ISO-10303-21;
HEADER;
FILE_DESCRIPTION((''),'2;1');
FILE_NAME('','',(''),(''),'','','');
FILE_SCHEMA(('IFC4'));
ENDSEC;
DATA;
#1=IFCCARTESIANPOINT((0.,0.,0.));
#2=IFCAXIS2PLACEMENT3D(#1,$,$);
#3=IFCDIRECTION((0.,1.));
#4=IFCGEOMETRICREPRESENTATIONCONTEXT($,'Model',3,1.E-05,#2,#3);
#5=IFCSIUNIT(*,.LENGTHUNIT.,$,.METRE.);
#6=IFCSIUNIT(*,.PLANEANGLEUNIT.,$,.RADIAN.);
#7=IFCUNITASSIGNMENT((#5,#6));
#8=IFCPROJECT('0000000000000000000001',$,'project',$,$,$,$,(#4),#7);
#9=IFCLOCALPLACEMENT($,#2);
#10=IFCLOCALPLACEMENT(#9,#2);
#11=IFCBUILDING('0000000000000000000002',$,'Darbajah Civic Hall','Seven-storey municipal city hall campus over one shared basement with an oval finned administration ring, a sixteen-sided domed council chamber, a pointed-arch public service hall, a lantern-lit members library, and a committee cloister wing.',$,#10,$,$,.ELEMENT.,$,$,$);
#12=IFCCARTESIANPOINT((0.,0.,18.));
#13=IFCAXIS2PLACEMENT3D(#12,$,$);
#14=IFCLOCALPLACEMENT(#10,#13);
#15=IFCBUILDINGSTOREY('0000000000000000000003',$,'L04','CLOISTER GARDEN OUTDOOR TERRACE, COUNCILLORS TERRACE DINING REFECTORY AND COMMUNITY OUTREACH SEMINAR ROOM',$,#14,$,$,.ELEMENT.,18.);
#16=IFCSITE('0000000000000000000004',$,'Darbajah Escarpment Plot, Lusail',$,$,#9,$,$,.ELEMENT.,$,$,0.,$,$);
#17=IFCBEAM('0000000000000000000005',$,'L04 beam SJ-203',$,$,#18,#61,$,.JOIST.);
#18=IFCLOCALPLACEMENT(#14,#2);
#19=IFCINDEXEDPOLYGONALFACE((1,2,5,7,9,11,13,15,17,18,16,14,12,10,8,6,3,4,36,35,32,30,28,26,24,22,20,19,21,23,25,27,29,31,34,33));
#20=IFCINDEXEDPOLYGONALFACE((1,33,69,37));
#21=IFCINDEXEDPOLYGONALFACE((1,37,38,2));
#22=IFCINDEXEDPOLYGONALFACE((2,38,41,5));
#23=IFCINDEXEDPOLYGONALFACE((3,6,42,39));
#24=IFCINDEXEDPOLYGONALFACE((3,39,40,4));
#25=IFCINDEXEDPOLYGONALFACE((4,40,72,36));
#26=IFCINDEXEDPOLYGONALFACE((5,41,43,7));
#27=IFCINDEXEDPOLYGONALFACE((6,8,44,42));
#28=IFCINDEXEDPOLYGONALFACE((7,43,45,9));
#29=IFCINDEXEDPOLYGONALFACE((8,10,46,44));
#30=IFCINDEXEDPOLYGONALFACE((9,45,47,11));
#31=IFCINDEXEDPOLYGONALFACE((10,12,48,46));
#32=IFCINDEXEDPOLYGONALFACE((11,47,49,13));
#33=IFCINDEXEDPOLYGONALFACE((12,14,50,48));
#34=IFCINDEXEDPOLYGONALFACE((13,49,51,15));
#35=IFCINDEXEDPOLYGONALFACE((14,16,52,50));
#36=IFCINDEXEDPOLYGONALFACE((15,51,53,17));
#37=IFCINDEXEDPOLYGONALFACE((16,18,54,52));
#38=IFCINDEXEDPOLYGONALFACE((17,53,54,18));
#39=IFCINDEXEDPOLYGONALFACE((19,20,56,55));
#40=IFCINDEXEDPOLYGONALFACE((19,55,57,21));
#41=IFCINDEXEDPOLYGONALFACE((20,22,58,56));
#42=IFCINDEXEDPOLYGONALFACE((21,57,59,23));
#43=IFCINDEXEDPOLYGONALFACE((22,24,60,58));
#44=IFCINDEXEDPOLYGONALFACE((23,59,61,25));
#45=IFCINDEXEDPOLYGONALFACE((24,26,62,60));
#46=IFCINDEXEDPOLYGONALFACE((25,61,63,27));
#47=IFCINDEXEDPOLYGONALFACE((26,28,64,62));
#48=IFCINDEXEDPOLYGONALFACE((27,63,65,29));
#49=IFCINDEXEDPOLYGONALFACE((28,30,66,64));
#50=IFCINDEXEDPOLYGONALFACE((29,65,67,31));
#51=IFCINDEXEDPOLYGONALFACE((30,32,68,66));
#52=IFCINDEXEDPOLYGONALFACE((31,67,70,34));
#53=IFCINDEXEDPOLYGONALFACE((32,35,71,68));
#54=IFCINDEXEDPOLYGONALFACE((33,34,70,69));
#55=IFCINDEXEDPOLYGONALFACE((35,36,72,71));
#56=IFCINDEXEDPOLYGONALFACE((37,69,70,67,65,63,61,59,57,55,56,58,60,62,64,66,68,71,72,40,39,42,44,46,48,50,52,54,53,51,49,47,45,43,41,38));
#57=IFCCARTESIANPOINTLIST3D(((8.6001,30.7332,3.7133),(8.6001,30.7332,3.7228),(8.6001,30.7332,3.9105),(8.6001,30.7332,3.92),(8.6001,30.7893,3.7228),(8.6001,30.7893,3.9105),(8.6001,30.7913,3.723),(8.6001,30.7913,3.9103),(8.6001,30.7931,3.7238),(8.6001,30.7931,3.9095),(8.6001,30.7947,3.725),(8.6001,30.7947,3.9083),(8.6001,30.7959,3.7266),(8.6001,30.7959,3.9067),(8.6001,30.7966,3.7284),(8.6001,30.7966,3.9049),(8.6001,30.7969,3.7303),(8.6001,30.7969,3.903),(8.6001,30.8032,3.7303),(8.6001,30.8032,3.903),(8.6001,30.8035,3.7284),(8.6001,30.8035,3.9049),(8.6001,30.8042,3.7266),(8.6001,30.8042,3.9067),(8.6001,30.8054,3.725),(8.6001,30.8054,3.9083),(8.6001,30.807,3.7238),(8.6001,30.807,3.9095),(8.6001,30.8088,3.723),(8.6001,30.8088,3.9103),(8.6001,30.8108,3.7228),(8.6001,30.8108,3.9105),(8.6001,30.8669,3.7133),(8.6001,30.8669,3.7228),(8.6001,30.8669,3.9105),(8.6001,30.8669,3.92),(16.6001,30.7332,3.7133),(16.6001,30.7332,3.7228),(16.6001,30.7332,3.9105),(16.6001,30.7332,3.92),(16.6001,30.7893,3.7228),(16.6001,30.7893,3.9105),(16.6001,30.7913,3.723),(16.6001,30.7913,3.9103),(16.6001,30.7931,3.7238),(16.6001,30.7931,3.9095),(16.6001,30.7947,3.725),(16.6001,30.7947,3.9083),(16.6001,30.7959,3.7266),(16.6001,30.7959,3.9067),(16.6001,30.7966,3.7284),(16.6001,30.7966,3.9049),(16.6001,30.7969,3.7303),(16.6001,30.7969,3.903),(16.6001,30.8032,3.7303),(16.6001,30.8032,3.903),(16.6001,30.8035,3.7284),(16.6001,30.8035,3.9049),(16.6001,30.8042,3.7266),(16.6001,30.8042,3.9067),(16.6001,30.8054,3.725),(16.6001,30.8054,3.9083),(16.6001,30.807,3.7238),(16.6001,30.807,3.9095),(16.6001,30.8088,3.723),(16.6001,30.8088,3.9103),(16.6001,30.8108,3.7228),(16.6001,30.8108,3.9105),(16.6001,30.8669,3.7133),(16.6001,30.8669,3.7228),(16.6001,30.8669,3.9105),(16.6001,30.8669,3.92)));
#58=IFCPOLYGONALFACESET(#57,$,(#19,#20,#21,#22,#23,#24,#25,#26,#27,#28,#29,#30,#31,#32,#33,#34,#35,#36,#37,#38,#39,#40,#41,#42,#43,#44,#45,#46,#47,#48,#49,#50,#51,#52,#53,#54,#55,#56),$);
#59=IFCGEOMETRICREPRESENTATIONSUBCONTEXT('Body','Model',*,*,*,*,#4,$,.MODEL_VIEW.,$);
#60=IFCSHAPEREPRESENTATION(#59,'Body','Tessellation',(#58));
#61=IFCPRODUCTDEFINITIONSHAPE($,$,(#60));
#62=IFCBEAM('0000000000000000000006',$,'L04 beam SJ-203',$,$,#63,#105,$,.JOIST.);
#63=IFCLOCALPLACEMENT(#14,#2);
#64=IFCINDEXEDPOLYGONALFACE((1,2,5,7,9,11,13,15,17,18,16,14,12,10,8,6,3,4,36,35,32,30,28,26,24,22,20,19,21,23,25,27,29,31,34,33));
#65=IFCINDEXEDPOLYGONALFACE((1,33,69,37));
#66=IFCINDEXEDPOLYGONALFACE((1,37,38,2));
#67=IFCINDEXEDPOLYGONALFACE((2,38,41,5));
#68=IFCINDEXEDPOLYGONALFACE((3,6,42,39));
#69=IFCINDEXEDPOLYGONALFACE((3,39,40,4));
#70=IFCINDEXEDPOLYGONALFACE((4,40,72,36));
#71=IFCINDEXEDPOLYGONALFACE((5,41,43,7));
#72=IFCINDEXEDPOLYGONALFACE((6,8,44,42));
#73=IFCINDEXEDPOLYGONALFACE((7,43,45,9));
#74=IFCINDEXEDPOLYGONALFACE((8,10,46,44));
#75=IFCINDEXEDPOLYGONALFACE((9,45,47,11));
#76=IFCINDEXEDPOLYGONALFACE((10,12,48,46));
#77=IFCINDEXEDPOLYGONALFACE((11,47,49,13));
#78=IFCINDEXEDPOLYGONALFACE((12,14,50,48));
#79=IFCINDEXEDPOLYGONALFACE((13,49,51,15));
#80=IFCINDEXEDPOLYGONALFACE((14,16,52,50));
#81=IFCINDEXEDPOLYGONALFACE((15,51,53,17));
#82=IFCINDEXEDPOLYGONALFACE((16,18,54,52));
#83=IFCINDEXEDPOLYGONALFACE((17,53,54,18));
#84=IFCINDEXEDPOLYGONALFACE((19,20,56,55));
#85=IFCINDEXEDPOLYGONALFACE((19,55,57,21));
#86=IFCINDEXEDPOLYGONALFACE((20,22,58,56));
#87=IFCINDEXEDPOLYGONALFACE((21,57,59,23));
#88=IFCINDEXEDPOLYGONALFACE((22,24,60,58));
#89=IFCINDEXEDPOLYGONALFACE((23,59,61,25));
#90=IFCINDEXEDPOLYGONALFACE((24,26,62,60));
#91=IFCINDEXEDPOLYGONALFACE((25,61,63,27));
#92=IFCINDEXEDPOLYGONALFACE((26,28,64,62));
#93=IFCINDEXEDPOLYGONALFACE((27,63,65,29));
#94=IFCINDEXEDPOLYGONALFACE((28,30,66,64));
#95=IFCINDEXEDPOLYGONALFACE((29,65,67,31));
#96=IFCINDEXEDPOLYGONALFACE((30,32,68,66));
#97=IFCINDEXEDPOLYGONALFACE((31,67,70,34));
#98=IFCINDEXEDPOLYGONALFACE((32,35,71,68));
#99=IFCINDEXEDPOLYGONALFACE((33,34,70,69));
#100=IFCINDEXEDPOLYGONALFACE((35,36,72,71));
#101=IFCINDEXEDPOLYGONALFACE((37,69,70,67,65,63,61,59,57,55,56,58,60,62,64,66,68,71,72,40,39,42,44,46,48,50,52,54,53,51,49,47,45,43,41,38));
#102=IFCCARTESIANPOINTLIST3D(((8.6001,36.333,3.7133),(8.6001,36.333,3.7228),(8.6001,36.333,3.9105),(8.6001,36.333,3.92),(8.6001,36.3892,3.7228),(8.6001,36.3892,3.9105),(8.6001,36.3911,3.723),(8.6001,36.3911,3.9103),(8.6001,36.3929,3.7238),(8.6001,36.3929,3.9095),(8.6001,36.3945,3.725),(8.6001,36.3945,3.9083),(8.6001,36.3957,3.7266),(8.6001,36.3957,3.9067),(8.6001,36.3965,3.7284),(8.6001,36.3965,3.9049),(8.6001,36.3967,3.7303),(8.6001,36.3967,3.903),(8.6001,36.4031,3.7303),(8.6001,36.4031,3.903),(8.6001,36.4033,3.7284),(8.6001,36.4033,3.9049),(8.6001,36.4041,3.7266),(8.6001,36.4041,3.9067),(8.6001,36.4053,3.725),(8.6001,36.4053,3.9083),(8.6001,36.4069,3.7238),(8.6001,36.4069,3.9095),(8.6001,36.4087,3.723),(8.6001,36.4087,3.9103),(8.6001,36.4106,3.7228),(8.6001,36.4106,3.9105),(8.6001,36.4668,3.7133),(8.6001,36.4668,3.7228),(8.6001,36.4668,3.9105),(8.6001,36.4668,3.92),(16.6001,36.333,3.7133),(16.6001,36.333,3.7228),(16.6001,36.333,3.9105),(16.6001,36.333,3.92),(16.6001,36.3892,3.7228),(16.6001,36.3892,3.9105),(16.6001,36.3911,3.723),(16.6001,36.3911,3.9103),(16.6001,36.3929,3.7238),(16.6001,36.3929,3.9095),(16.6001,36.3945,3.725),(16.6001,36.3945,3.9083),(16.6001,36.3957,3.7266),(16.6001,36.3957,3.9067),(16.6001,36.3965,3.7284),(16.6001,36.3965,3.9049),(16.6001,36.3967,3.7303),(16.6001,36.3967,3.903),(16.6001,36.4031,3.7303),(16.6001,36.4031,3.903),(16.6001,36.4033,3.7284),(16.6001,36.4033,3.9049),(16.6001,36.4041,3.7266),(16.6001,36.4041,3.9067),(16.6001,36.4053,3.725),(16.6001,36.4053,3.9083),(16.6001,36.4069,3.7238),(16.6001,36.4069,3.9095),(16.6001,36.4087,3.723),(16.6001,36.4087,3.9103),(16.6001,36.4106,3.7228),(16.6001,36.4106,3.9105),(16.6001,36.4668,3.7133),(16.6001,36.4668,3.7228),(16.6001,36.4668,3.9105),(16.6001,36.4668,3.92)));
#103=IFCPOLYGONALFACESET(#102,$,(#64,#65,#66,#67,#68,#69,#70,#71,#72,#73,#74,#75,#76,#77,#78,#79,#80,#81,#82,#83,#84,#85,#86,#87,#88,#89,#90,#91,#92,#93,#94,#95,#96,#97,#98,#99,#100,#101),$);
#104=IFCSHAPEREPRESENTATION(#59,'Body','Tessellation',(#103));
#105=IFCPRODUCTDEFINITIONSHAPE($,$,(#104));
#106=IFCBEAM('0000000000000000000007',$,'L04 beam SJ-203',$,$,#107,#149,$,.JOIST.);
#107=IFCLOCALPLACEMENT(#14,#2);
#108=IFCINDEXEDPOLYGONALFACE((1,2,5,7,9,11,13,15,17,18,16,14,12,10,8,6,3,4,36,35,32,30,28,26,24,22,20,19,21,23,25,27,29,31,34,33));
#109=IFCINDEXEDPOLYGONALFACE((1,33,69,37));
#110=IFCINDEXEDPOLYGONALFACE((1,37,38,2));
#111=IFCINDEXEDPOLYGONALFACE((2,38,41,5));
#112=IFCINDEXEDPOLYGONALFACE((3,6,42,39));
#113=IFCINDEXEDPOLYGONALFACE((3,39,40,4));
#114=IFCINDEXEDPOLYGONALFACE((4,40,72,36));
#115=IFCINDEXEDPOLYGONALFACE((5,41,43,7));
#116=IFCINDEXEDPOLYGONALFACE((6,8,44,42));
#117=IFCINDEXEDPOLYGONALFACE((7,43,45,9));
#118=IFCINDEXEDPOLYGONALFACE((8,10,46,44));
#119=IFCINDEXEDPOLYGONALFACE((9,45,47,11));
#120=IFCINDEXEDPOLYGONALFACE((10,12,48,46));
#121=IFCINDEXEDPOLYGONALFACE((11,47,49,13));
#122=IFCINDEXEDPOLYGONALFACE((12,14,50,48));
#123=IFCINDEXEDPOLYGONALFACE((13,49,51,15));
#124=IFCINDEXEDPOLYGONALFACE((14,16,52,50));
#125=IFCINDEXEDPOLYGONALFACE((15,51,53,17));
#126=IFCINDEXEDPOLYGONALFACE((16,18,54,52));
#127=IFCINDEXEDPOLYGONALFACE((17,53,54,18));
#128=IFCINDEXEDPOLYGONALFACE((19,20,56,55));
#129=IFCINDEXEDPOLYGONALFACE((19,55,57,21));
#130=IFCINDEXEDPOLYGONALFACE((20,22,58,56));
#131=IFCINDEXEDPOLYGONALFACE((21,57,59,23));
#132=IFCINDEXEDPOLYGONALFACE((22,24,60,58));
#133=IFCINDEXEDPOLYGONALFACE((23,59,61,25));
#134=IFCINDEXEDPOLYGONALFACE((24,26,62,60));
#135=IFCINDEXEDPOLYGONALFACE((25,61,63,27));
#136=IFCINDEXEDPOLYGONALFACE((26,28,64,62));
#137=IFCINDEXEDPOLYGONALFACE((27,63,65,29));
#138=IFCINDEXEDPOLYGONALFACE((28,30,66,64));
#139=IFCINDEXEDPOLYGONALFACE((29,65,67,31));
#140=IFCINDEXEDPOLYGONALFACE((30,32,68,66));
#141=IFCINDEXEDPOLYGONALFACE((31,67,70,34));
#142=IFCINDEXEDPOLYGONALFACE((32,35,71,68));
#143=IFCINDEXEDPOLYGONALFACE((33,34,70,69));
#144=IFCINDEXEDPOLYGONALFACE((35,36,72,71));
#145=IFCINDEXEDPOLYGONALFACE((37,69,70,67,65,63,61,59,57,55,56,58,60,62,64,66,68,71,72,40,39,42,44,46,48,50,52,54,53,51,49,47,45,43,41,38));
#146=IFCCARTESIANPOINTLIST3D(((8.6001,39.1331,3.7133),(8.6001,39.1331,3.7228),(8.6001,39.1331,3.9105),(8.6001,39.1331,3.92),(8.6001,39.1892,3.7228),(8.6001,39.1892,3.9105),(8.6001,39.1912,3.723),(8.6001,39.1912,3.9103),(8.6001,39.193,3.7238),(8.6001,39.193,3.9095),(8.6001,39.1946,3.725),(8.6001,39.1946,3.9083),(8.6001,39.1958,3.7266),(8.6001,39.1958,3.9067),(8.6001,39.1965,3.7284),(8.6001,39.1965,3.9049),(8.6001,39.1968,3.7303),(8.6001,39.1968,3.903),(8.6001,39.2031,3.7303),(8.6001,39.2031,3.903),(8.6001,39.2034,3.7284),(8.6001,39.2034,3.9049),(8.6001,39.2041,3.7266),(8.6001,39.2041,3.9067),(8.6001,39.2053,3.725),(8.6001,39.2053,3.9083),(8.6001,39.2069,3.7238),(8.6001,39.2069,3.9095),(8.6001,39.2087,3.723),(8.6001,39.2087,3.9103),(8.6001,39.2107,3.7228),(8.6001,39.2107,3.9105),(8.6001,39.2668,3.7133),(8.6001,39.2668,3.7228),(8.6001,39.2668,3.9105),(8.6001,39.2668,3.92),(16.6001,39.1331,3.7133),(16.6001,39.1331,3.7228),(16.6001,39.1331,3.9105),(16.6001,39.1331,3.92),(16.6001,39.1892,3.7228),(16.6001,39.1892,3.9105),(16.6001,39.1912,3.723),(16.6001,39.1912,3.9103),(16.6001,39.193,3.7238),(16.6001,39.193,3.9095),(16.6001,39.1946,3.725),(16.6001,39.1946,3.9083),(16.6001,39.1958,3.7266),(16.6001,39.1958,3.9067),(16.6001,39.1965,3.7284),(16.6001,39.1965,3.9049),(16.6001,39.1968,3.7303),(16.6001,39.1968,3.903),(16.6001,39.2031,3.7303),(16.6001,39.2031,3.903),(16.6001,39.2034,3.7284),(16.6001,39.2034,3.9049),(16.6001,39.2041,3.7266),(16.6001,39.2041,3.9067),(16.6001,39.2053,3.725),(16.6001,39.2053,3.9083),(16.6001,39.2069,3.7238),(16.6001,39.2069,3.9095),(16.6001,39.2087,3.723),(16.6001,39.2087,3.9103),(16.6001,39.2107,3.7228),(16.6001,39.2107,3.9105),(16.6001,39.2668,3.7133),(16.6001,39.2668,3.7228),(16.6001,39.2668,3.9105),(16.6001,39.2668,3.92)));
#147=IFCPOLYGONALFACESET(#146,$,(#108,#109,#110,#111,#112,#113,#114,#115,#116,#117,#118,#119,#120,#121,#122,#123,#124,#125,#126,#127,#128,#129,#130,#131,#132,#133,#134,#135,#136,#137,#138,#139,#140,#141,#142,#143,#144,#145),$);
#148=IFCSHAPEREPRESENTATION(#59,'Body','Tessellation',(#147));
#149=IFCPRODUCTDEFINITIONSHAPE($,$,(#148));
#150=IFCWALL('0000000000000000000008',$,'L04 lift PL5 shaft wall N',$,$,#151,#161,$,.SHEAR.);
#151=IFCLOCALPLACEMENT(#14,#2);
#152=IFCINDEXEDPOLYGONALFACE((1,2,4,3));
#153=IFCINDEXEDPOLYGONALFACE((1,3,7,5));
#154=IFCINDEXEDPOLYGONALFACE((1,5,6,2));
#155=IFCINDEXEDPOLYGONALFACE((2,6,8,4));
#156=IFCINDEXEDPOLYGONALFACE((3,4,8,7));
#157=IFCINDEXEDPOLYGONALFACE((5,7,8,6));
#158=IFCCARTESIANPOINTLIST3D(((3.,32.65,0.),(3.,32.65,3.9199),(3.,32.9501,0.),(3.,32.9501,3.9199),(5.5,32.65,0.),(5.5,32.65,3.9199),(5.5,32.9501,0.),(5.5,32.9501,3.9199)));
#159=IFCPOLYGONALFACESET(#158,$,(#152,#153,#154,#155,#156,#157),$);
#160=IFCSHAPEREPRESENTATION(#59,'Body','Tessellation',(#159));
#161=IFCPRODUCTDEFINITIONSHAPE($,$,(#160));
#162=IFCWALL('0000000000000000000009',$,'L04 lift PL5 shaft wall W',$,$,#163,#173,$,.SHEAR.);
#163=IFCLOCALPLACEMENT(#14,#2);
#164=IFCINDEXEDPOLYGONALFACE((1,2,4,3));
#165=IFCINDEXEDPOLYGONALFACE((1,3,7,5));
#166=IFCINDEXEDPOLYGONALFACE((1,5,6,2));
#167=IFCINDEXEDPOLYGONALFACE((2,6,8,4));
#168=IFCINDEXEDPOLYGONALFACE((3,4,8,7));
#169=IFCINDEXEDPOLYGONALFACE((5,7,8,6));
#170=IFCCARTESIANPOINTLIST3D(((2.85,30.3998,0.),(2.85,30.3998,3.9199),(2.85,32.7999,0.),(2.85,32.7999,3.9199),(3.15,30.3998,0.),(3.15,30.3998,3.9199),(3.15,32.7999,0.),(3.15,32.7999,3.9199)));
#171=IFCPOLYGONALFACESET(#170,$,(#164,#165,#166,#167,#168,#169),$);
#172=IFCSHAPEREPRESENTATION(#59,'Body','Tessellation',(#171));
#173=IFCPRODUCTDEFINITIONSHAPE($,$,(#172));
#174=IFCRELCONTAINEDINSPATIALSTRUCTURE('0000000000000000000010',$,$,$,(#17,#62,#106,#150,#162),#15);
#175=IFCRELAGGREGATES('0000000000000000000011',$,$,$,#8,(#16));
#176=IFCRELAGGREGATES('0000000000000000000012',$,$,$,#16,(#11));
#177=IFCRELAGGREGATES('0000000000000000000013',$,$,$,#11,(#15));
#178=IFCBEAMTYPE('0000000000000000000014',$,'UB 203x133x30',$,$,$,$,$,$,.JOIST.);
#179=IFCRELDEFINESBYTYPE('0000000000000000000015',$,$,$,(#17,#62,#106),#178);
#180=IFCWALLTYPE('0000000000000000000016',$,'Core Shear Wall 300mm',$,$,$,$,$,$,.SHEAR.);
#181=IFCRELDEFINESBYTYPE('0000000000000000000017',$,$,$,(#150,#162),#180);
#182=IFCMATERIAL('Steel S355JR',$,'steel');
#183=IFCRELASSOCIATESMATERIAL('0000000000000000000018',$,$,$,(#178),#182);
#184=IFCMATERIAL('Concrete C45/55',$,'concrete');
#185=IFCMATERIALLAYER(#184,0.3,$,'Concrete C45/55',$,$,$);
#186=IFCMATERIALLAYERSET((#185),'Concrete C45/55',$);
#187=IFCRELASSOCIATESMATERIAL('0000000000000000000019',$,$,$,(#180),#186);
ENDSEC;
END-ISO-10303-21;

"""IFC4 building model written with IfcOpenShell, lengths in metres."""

from ifc_helpers import new_model, si_unit, direction, frame, frame_2d, origin, origin_2d, place, context, subcontext, project, spatial, rectangle, i_section, extrude, material, layer, layer_set, material_profile, profile_set, type_object, element, save


model = new_model("IFC4")

# Units and contexts
model_context = context("Model", 3, precision=1e-05, world=origin(), true_north=direction((0.0, 1.0)))
body_context = subcontext(model_context, "Body", "Model", "MODEL_VIEW")
ifc_project = project(units=[si_unit("LENGTHUNIT", "METRE"), si_unit("PLANEANGLEUNIT", "RADIAN")], contexts=[model_context])

# Site, building, storey
site_placement = place(None, origin())
site = spatial("IfcSite", under=ifc_project, at=site_placement, Name="Darbajah Escarpment Plot, Lusail", CompositionType="ELEMENT", RefElevation=0.0)
building_placement = place(site_placement, origin())
building = spatial("IfcBuilding", under=site, at=building_placement, Name="Darbajah Civic Hall", Description="Seven-storey municipal city hall campus over one shared basement with an oval finned administration ring, a sixteen-sided domed council chamber, a pointed-arch public service hall, a lantern-lit members library, and a committee cloister wing.", CompositionType="ELEMENT")
storey_placement = place(building_placement, frame((0.0, 0.0, 18.0)))
storey = spatial("IfcBuildingStorey", under=building, at=storey_placement, Name="L04", Description="CLOISTER GARDEN OUTDOOR TERRACE, COUNCILLORS TERRACE DINING REFECTORY AND COMMUNITY OUTREACH SEMINAR ROOM", CompositionType="ELEMENT", Elevation=18.0)

# Shared definitions
ifc_material_1 = material(Name="Steel S355JR", Category="steel")

# Beams
ifc_material_2 = material(Name="Concrete C45/55", Category="concrete")
ifc_material_profile_1 = material_profile(ifc_material_1, i_section(OverallWidth=0.1338, OverallDepth=0.2068, WebThickness=0.0063, FlangeThickness=0.0095, FilletRadius=0.0076, at=origin_2d()), Name="UB 203x133x30")
ifc_profile_set_1 = profile_set([ifc_material_profile_1], Name="Steel S355JR")
beam_type_1 = type_object("IfcBeamType", Name="UB 203x133x30", PredefinedType="JOIST", material=ifc_profile_set_1)
for number, where, z_axis, x_axis, name in (
    (1, (8.6001, 30.8, 3.8167), (1.0, 0.0, 0.0), (0.0, 1.0, 0.0), "L04 beam SJ-203"),
    (2, (8.6001, 36.3999, 3.8167), (1.0, 0.0, 0.0), (0.0, 1.0, 0.0), "L04 beam SJ-203"),
    (3, (8.6001, 39.2, 3.8167), (1.0, 0.0, 0.0), (0.0, 1.0, 0.0), "L04 beam SJ-203"),
):
    element("IfcBeam", number, at=place(storey_placement, frame(where, z_axis=z_axis, x_axis=x_axis)), inside=storey, type_object=beam_type_1, Name=name, PredefinedType="JOIST", context=body_context, shape_type="SweptSolid", body=[
        extrude(i_section(OverallWidth=0.1338, OverallDepth=0.2068, WebThickness=0.0063, FlangeThickness=0.0095, FilletRadius=0.0076, at=origin_2d()), origin(), (0.0, 0.0, 1.0), 8.0),
    ])

# Walls
ifc_layer_1 = layer(ifc_material_2, 0.3, Name="Concrete C45/55")
ifc_layer_set_1 = layer_set([ifc_layer_1], Name="Concrete C45/55")
wall_type_1 = type_object("IfcWallType", Name="Core Shear Wall 300mm", PredefinedType="SHEAR", material=ifc_layer_set_1)
wall_1_placement = place(storey_placement, frame((5.5, 32.8, 0.0), z_axis=(0.0, 0.0, 1.0), x_axis=(-1.0, 0.0, 0.0)))
element("IfcWall", 4, at=wall_1_placement, inside=storey, type_object=wall_type_1, Name="L04 lift PL5 shaft wall N", PredefinedType="SHEAR", context=body_context, shape_type="SweptSolid", body=[
    extrude(rectangle(XDim=2.5, YDim=0.3, at=frame_2d((1.25, 0.0))), origin(), (0.0, 0.0, 1.0), 3.9199),
])
wall_2_placement = place(storey_placement, frame((3.0, 32.8, 0.0), z_axis=(0.0, 0.0, 1.0), x_axis=(0.0, -1.0, 0.0)))
element("IfcWall", 5, at=wall_2_placement, inside=storey, type_object=wall_type_1, Name="L04 lift PL5 shaft wall W", PredefinedType="SHEAR", context=body_context, shape_type="SweptSolid", body=[
    extrude(rectangle(XDim=2.4001, YDim=0.3, at=frame_2d((1.2002, 0.0))), origin(), (0.0, 0.0, 1.0), 3.9199),
])

save(model, "model.ifc")
